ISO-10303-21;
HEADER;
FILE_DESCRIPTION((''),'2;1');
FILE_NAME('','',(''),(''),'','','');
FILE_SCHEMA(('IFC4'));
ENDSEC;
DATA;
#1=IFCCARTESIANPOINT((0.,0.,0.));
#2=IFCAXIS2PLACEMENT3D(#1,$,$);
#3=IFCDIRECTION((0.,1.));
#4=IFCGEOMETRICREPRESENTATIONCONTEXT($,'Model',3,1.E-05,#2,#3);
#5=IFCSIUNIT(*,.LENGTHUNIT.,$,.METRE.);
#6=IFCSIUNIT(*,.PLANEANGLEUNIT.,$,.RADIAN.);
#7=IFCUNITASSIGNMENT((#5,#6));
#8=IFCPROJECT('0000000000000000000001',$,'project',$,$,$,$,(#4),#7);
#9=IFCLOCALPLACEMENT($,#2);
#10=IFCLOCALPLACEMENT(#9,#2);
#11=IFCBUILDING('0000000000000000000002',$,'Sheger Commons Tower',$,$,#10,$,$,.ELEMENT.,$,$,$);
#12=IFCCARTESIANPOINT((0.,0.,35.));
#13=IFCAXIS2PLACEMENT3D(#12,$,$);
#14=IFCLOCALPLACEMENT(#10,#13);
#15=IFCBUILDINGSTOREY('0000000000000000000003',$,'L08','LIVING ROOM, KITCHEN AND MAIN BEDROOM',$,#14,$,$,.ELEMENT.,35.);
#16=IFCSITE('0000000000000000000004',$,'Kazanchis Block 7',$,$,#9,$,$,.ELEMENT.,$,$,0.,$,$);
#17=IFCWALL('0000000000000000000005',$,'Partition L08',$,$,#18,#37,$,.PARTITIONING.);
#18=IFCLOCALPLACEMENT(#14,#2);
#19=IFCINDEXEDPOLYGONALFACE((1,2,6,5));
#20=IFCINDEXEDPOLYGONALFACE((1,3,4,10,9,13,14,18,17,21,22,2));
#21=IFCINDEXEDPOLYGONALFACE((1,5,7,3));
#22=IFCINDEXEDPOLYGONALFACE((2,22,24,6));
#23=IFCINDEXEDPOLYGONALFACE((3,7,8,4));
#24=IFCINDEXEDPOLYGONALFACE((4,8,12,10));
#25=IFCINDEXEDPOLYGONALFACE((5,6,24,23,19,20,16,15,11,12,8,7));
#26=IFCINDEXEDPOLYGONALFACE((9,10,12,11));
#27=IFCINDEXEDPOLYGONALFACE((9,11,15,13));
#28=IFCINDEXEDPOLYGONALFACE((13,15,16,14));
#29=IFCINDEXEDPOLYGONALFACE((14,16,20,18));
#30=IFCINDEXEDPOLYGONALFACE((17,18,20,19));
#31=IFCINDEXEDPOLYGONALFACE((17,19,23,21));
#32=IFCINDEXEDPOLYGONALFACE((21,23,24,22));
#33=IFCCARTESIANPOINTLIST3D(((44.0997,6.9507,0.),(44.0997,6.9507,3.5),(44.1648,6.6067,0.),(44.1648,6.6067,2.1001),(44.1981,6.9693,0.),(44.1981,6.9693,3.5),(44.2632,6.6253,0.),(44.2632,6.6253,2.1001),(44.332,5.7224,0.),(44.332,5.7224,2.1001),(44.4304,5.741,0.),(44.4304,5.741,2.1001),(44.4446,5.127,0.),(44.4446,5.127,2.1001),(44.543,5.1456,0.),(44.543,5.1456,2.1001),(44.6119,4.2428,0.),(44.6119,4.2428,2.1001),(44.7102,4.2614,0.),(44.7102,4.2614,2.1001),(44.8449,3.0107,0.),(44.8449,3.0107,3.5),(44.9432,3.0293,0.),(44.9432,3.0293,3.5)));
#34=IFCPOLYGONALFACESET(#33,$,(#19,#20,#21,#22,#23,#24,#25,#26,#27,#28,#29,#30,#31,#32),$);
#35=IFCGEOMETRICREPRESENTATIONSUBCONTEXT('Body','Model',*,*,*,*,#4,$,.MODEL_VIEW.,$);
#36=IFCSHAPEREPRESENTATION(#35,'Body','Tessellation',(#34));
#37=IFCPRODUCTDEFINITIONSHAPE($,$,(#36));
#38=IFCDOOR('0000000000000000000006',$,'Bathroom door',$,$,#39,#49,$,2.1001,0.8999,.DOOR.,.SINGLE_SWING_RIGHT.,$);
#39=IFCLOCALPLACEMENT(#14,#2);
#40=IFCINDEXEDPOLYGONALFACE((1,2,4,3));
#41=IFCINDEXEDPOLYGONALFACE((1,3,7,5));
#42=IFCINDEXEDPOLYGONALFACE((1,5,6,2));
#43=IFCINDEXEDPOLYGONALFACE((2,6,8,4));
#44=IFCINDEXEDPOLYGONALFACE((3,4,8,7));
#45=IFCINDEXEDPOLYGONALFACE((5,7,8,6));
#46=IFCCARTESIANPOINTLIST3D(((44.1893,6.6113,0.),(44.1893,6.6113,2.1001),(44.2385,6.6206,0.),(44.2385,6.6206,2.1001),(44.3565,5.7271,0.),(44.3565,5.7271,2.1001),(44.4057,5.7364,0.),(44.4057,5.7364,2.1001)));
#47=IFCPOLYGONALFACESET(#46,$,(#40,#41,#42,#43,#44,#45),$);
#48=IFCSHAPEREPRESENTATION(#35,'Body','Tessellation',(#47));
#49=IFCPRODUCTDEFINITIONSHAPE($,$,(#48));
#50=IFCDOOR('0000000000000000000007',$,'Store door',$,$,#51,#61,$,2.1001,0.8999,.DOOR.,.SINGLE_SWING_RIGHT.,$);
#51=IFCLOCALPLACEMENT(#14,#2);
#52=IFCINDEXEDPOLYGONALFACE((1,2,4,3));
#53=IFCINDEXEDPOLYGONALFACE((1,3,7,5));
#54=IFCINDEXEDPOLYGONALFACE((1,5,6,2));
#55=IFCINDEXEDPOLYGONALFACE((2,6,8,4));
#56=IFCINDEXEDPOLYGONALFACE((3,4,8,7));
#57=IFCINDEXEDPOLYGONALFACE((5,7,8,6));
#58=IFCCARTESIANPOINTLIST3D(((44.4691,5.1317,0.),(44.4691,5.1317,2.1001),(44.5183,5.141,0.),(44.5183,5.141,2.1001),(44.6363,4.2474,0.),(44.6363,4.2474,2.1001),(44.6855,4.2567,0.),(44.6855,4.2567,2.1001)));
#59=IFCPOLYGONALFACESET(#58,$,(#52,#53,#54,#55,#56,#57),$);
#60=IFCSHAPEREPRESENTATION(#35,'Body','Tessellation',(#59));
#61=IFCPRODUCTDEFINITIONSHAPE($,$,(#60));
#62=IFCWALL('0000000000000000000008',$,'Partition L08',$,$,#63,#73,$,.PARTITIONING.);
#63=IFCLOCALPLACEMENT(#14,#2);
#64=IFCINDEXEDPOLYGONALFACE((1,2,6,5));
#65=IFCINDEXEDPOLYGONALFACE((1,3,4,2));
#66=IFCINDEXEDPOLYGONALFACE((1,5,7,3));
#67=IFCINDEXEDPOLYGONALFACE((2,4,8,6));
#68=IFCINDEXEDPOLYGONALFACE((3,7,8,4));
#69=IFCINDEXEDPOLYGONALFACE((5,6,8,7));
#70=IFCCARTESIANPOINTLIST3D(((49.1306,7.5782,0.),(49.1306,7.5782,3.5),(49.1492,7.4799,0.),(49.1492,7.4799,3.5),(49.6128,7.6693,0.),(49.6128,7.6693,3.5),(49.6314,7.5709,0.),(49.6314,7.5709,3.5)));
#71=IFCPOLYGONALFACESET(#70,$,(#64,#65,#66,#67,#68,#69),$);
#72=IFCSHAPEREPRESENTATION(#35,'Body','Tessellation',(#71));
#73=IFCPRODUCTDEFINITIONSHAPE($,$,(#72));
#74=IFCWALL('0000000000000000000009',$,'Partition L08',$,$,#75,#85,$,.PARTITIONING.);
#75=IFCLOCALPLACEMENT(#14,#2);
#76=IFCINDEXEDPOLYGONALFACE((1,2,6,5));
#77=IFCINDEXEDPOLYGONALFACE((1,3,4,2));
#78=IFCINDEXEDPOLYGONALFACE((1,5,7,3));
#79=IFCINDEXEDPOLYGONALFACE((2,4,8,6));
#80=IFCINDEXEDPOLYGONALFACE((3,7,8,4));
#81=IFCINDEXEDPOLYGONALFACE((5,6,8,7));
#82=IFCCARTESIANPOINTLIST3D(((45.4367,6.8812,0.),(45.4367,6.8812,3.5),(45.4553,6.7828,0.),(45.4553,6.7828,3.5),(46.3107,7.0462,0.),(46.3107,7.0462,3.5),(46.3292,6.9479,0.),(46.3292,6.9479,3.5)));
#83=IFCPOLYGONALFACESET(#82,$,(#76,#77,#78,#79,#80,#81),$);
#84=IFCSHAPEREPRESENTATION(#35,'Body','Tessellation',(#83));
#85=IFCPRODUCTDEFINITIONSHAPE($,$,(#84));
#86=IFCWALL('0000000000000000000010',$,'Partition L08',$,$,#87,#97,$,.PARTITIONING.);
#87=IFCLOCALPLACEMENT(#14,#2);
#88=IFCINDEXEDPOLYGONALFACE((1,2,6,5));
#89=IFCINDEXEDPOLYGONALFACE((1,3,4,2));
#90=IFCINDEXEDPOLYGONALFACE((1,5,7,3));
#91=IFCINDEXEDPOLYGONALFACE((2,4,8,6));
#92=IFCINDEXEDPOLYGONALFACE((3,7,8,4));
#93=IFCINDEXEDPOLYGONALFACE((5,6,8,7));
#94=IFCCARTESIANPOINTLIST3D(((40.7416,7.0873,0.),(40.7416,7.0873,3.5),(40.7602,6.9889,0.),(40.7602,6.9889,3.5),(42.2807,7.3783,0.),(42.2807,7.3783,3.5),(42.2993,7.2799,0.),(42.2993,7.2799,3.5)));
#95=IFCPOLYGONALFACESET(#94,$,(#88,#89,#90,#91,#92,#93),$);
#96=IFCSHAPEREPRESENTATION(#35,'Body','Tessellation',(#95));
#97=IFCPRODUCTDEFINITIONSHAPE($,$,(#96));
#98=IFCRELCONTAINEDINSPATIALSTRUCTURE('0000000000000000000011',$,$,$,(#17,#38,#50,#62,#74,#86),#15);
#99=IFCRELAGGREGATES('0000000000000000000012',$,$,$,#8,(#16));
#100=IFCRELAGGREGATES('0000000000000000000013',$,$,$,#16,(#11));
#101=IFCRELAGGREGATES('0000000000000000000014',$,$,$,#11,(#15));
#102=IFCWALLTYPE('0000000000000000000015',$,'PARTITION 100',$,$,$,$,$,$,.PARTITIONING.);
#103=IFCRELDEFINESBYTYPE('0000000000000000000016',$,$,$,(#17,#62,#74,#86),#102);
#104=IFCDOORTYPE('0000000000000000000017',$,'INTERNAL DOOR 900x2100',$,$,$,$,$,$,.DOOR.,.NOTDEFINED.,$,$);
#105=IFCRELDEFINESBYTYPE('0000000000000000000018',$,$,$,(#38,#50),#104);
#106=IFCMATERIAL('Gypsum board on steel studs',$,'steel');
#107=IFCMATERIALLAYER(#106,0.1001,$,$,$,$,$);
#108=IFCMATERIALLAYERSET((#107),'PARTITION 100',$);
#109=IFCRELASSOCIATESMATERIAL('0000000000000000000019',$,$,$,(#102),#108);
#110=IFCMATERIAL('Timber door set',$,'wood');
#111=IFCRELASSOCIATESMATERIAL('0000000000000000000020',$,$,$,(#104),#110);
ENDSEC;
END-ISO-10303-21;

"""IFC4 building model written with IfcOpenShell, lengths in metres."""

from ifc_helpers import new_model, si_unit, direction, frame, frame_2d, origin, place, context, subcontext, project, spatial, rectangle, extrude, material, layer, layer_set, type_object, element, fill, save


model = new_model("IFC4")

# Units and contexts
model_context = context("Model", 3, precision=1e-05, world=origin(), true_north=direction((0.0, 1.0)))
body_context = subcontext(model_context, "Body", "Model", "MODEL_VIEW")
ifc_project = project(units=[si_unit("LENGTHUNIT", "METRE"), si_unit("PLANEANGLEUNIT", "RADIAN")], contexts=[model_context])

# Site, building, storey
site_placement = place(None, origin())
site = spatial("IfcSite", under=ifc_project, at=site_placement, Name="Kazanchis Block 7", CompositionType="ELEMENT", RefElevation=0.0)
building_placement = place(site_placement, origin())
building = spatial("IfcBuilding", under=site, at=building_placement, Name="Sheger Commons Tower", CompositionType="ELEMENT")
storey_placement = place(building_placement, frame((0.0, 0.0, 35.0)))
storey = spatial("IfcBuildingStorey", under=building, at=storey_placement, Name="L08", Description="LIVING ROOM, KITCHEN AND MAIN BEDROOM", CompositionType="ELEMENT", Elevation=35.0)

# Shared definitions
ifc_material_1 = material(Name="Gypsum board on steel studs", Category="steel")
ifc_layer_1 = layer(ifc_material_1, 0.1001)
ifc_layer_set_1 = layer_set([ifc_layer_1], Name="PARTITION 100")
wall_type_1 = type_object("IfcWallType", Name="PARTITION 100", PredefinedType="PARTITIONING", material=ifc_layer_set_1)
ifc_material_2 = material(Name="Timber door set", Category="wood")
door_type_1 = type_object("IfcDoorType", Name="INTERNAL DOOR 900x2100", OperationType="NOTDEFINED", PredefinedType="DOOR", material=ifc_material_2)

# Wall, openings, doors
wall_1_placement = place(storey_placement, frame((44.1489, 6.96, 0.0), z_axis=(0.0, 0.0, 1.0), x_axis=(0.185825, -0.982583, 0.0)))
wall_1 = element("IfcWall", 1, at=wall_1_placement, inside=storey, type_object=wall_type_1, Name="Partition L08", PredefinedType="PARTITIONING", context=body_context, shape_type="SweptSolid", body=[
    extrude(rectangle(XDim=4.0098, YDim=0.1001, at=frame_2d((2.0049, 0.0))), origin(), (0.0, 0.0, 1.0), 3.5),
])
opening_1_placement = place(wall_1_placement, frame((0.3501, 0.0, 0.0)))
opening_1 = element("IfcOpeningElement", 2, at=opening_1_placement, cuts=wall_1, PredefinedType="OPENING", context=body_context, shape_type="SweptSolid", body=[
    extrude(rectangle(XDim=0.8999, YDim=2.1001, at=frame_2d((0.45, 1.05))), frame((0.0, 0.0601, 0.0), z_axis=(0.0, -1.0, 0.0), x_axis=(1.0, 0.0, 0.0)), (0.0, 0.0, 1.0), 0.1201),
])
opening_2_placement = place(wall_1_placement, frame((1.856, 0.0, 0.0)))
opening_2 = element("IfcOpeningElement", 3, at=opening_2_placement, cuts=wall_1, PredefinedType="OPENING", context=body_context, shape_type="SweptSolid", body=[
    extrude(rectangle(XDim=0.8999, YDim=2.1001, at=frame_2d((0.45, 1.05))), frame((0.0, 0.0601, 0.0), z_axis=(0.0, -1.0, 0.0), x_axis=(1.0, 0.0, 0.0)), (0.0, 0.0, 1.0), 0.1201),
])
door_1_placement = place(opening_1_placement, origin())
door_1 = element("IfcDoor", 4, at=door_1_placement, inside=storey, type_object=door_type_1, Name="Bathroom door", OperationType="SINGLE_SWING_RIGHT", OverallHeight=2.1001, OverallWidth=0.8999, PredefinedType="DOOR", context=body_context, shape_type="SweptSolid", body=[
    extrude(rectangle(XDim=0.8999, YDim=2.1001, at=frame_2d((0.45, 1.05))), frame((0.0, 0.0249, 0.0), z_axis=(0.0, -1.0, 0.0), x_axis=(1.0, 0.0, 0.0)), (0.0, 0.0, 1.0), 0.05),
])
fill(opening_1, door_1)
door_2_placement = place(opening_2_placement, origin())
door_2 = element("IfcDoor", 5, at=door_2_placement, inside=storey, type_object=door_type_1, Name="Store door", OperationType="SINGLE_SWING_RIGHT", OverallHeight=2.1001, OverallWidth=0.8999, PredefinedType="DOOR", context=body_context, shape_type="SweptSolid", body=[
    extrude(rectangle(XDim=0.8999, YDim=2.1001, at=frame_2d((0.45, 1.05))), frame((0.0, 0.0249, 0.0), z_axis=(0.0, -1.0, 0.0), x_axis=(1.0, 0.0, 0.0)), (0.0, 0.0, 1.0), 0.05),
])
fill(opening_2, door_2)

# Walls
wall_2_placement = place(storey_placement, frame((49.6221, 7.6201, 0.0), z_axis=(0.0, 0.0, 1.0), x_axis=(-0.982629, -0.18558, 0.0)))
element("IfcWall", 6, at=wall_2_placement, inside=storey, type_object=wall_type_1, Name="Partition L08", PredefinedType="PARTITIONING", context=body_context, shape_type="SweptSolid", body=[
    extrude(rectangle(XDim=0.4907, YDim=0.1001, at=frame_2d((0.2454, 0.0))), origin(), (0.0, 0.0, 1.0), 3.5),
])
wall_3_placement = place(storey_placement, frame((46.3201, 6.9971, 0.0), z_axis=(0.0, 0.0, 1.0), x_axis=(-0.982635, -0.185548, 0.0)))
element("IfcWall", 7, at=wall_3_placement, inside=storey, type_object=wall_type_1, Name="Partition L08", PredefinedType="PARTITIONING", context=body_context, shape_type="SweptSolid", body=[
    extrude(rectangle(XDim=0.8894, YDim=0.1001, at=frame_2d((0.4448, 0.0))), origin(), (0.0, 0.0, 1.0), 3.5),
])
wall_4_placement = place(storey_placement, frame((42.29, 7.3291, 0.0), z_axis=(0.0, 0.0, 1.0), x_axis=(-0.982589, -0.185794, 0.0)))
element("IfcWall", 8, at=wall_4_placement, inside=storey, type_object=wall_type_1, Name="Partition L08", PredefinedType="PARTITIONING", context=body_context, shape_type="SweptSolid", body=[
    extrude(rectangle(XDim=1.5664, YDim=0.1001, at=frame_2d((0.7832, 0.0))), origin(), (0.0, 0.0, 1.0), 3.5),
])

save(model, "model.ifc")
